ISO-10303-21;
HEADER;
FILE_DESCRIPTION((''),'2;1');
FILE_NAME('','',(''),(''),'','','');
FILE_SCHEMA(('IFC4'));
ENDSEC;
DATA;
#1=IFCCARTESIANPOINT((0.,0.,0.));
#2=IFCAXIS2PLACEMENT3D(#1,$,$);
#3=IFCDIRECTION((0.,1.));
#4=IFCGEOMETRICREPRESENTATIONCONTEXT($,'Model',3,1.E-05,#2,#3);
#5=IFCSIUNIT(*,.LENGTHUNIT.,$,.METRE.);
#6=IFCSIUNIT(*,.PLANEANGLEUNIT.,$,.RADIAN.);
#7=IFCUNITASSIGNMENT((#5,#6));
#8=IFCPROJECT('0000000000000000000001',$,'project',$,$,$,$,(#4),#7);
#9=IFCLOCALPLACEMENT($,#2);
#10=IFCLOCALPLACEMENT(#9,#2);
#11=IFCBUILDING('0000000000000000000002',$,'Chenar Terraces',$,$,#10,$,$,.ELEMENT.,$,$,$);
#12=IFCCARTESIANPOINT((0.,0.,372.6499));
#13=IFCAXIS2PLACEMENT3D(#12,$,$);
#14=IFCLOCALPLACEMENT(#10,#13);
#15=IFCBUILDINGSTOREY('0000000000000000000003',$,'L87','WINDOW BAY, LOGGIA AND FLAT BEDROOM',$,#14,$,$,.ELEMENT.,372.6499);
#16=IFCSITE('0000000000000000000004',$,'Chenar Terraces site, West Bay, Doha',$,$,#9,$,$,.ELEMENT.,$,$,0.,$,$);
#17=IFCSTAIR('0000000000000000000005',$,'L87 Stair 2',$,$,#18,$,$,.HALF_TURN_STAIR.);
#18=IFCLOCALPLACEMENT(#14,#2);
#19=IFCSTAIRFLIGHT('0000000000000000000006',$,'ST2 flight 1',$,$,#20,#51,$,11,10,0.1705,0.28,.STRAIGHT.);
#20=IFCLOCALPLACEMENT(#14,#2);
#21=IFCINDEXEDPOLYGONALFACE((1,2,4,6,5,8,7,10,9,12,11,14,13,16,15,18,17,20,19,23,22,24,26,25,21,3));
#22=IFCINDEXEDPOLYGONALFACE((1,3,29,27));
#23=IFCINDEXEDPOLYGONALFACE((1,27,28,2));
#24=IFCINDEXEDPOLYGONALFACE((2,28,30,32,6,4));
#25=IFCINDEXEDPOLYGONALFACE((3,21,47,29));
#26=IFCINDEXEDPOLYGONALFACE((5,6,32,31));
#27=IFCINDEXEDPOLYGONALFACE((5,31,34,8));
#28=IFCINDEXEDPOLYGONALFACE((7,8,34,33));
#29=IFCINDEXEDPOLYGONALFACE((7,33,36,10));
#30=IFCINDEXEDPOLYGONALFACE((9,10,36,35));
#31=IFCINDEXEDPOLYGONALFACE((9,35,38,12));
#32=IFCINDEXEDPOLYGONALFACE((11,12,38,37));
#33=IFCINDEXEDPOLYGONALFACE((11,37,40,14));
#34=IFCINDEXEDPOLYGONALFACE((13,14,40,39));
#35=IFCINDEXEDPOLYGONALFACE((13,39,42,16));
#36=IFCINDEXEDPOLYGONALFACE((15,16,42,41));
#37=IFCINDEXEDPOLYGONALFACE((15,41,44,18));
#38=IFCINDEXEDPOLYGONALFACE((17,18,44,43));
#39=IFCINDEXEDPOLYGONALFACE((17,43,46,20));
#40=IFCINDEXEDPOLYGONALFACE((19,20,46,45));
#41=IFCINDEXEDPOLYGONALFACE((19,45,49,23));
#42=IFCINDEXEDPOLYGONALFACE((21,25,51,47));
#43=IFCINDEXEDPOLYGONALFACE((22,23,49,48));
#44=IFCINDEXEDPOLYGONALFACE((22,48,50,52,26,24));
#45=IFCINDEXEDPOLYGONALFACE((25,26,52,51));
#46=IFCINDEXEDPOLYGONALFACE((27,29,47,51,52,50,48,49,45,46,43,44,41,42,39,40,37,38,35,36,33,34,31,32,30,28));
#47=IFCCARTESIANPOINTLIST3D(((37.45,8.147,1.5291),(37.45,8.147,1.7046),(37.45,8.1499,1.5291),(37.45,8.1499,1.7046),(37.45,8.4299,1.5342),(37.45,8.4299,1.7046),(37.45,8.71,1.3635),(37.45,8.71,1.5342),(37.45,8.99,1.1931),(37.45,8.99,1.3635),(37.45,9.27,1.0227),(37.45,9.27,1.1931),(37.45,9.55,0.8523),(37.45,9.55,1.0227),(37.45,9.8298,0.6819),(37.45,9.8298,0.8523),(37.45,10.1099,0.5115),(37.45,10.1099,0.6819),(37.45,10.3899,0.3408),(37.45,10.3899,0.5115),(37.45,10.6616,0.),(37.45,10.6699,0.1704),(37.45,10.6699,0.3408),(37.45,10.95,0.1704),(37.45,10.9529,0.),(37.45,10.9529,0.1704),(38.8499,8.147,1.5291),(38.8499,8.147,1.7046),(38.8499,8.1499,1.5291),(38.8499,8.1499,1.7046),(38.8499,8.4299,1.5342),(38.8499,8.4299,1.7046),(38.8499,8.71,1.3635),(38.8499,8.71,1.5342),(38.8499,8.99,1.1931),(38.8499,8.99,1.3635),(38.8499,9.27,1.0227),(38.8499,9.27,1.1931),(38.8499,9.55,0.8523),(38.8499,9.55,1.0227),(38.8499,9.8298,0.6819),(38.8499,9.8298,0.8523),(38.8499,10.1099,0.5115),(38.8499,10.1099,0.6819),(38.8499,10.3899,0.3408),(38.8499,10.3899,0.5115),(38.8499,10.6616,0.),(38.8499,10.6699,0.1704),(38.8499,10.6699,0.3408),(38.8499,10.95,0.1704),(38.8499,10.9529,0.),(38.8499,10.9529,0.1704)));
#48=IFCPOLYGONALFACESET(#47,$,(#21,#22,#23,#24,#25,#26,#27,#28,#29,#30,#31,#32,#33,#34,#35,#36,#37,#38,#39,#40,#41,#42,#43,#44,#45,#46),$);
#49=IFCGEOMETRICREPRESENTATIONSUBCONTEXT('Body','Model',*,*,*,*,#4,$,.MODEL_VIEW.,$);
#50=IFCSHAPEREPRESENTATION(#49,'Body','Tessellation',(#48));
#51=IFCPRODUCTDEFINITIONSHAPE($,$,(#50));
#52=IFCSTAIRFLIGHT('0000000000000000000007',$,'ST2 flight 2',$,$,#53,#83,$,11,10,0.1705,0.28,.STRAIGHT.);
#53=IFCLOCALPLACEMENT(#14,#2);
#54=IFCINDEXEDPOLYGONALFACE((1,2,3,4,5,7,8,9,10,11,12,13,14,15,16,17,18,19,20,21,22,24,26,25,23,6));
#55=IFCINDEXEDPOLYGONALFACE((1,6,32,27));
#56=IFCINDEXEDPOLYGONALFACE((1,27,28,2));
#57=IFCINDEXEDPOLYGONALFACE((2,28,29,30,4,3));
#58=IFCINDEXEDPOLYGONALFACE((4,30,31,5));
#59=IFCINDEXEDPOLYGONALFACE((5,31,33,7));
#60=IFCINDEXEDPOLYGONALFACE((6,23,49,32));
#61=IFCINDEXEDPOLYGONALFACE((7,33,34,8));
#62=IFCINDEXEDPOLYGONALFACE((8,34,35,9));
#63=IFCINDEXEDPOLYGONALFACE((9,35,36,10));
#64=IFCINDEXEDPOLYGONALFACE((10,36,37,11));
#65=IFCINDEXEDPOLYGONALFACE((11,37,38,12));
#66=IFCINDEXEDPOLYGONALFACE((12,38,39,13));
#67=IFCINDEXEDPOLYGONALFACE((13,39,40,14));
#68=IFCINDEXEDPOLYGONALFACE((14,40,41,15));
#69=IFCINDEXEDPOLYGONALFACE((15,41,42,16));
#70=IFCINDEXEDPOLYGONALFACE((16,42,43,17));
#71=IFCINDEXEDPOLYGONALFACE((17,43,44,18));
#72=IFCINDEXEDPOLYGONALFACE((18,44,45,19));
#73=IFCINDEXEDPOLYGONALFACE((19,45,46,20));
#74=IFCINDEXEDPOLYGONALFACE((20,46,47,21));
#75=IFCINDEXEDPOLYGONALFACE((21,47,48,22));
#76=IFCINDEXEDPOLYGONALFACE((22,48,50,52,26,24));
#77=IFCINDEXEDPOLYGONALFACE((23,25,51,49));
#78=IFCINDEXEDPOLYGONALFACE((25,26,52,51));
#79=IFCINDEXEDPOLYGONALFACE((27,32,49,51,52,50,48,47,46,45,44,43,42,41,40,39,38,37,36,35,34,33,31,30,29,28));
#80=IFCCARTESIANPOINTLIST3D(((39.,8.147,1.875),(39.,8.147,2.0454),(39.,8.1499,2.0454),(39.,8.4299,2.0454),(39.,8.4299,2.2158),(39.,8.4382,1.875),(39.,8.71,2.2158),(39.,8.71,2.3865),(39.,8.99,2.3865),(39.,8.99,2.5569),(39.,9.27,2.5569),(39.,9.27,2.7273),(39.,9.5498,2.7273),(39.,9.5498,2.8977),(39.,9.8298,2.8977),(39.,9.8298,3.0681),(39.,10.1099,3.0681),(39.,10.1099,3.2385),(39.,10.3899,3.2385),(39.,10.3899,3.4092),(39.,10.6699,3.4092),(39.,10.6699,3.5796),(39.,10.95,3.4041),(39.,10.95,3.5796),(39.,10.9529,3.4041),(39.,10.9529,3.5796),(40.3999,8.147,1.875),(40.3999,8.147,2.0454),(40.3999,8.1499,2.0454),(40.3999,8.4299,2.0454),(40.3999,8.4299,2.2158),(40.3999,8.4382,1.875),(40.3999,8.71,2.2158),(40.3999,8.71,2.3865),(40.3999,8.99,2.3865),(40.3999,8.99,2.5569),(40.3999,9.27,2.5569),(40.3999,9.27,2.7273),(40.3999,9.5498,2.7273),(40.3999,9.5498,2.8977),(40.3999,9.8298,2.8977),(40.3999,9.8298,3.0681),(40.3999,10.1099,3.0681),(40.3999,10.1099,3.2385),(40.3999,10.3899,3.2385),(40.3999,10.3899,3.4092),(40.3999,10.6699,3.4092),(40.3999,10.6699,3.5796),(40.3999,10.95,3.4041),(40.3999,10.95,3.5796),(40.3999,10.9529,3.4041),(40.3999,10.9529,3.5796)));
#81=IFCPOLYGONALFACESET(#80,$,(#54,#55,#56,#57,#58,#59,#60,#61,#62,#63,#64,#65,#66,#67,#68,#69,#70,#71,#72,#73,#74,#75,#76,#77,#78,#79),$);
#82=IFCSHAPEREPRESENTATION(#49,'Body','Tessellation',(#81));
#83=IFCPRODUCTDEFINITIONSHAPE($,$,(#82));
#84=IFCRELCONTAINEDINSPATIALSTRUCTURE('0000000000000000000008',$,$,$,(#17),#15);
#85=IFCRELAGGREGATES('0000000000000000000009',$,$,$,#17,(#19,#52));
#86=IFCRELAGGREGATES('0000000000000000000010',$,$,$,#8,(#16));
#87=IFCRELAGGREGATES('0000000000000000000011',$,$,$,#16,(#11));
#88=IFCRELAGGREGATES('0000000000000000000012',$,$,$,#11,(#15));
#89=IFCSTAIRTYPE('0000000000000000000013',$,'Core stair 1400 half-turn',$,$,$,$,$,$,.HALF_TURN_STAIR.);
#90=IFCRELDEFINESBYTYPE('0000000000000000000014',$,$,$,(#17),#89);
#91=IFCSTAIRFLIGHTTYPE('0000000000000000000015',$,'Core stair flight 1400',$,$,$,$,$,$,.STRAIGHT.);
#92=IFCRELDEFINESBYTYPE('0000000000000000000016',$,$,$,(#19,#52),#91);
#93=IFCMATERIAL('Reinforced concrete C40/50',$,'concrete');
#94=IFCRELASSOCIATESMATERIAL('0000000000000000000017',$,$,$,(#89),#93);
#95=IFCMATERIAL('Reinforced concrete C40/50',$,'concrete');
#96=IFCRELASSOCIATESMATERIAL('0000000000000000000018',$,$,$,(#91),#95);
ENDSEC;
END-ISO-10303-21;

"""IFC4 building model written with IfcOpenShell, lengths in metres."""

from ifc_helpers import new_model, si_unit, direction, frame, origin, place, context, subcontext, project, spatial, polyline, outline, extrude, material, type_object, element, aggregate, save


model = new_model("IFC4")

# Units and contexts
model_context = context("Model", 3, precision=1e-05, world=origin(), true_north=direction((0.0, 1.0)))
body_context = subcontext(model_context, "Body", "Model", "MODEL_VIEW")
ifc_project = project(units=[si_unit("LENGTHUNIT", "METRE"), si_unit("PLANEANGLEUNIT", "RADIAN")], contexts=[model_context])

# Site, building, storey
site_placement = place(None, origin())
site = spatial("IfcSite", under=ifc_project, at=site_placement, Name="Chenar Terraces site, West Bay, Doha", CompositionType="ELEMENT", RefElevation=0.0)
building_placement = place(site_placement, origin())
building = spatial("IfcBuilding", under=site, at=building_placement, Name="Chenar Terraces", CompositionType="ELEMENT")
storey_placement = place(building_placement, frame((0.0, 0.0, 372.6499)))
storey = spatial("IfcBuildingStorey", under=building, at=storey_placement, Name="L87", Description="WINDOW BAY, LOGGIA AND FLAT BEDROOM", CompositionType="ELEMENT", Elevation=372.6499)

# Stair, stair flights
ifc_material_1 = material(Name="Reinforced concrete C40/50", Category="concrete")
stair_type = type_object("IfcStairType", Name="Core stair 1400 half-turn", PredefinedType="HALF_TURN_STAIR", material=ifc_material_1)
stair_placement = place(storey_placement, origin())
stair = element("IfcStair", 1, at=stair_placement, inside=storey, type_object=stair_type, Name="L87 Stair 2", PredefinedType="HALF_TURN_STAIR")
ifc_material_2 = material(Name="Reinforced concrete C40/50", Category="concrete")
stair_flight_type = type_object("IfcStairFlightType", Name="Core stair flight 1400", PredefinedType="STRAIGHT", material=ifc_material_2)
stair_flight_1_placement = place(storey_placement, frame((38.1499, 10.95, 0.0), z_axis=(0.0, 0.0, 1.0), x_axis=(0.0, -1.0, 0.0)))
stair_flight_1 = element("IfcStairFlight", 2, at=stair_flight_1_placement, type_object=stair_flight_type, Name="ST2 flight 1", NumberOfRisers=11, NumberOfTreads=10, PredefinedType="STRAIGHT", RiserHeight=0.1705, TreadLength=0.28, context=body_context, shape_type="SweptSolid", body=[
    extrude(outline(polyline([(-0.0029, 0.0), (-0.0029, 0.1704), (0.0, 0.1704), (0.28, 0.1704), (0.28, 0.3408), (0.5601, 0.3408), (0.5601, 0.5115), (0.8401, 0.5115), (0.8401, 0.6819), (1.1201, 0.6819), (1.1201, 0.8523), (1.3999, 0.8523), (1.3999, 1.0227), (1.6799, 1.0227), (1.6799, 1.1931), (1.96, 1.1931), (1.96, 1.3635), (2.24, 1.3635), (2.24, 1.5342), (2.52, 1.5342), (2.52, 1.7046), (2.8, 1.7046), (2.803, 1.7046), (2.803, 1.5291), (2.8, 1.5291), (0.2883, 0.0), (-0.0029, 0.0)])), frame((0.0, 0.7, 0.0), z_axis=(0.0, -1.0, 0.0), x_axis=(1.0, 0.0, 0.0)), (0.0, 0.0, 1.0), 1.3999),
])
stair_flight_2_placement = place(storey_placement, frame((39.7, 8.1499, 1.875), z_axis=(0.0, 0.0, 1.0), x_axis=(0.0, 1.0, 0.0)))
stair_flight_2 = element("IfcStairFlight", 3, at=stair_flight_2_placement, type_object=stair_flight_type, Name="ST2 flight 2", NumberOfRisers=11, NumberOfTreads=10, PredefinedType="STRAIGHT", RiserHeight=0.1705, TreadLength=0.28, context=body_context, shape_type="SweptSolid", body=[
    extrude(outline(polyline([(-0.0029, 0.0), (-0.0029, 0.1704), (0.0, 0.1704), (0.28, 0.1704), (0.28, 0.3408), (0.5601, 0.3408), (0.5601, 0.5115), (0.8401, 0.5115), (0.8401, 0.6819), (1.1201, 0.6819), (1.1201, 0.8523), (1.3999, 0.8523), (1.3999, 1.0227), (1.6799, 1.0227), (1.6799, 1.1931), (1.96, 1.1931), (1.96, 1.3635), (2.24, 1.3635), (2.24, 1.5342), (2.52, 1.5342), (2.52, 1.7046), (2.8, 1.7046), (2.803, 1.7046), (2.803, 1.5291), (2.8, 1.5291), (0.2883, 0.0), (-0.0029, 0.0)])), frame((0.0, 0.7, 0.0), z_axis=(0.0, -1.0, 0.0), x_axis=(1.0, 0.0, 0.0)), (0.0, 0.0, 1.0), 1.3999),
])
aggregate(stair, [stair_flight_1, stair_flight_2])

save(model, "model.ifc")
